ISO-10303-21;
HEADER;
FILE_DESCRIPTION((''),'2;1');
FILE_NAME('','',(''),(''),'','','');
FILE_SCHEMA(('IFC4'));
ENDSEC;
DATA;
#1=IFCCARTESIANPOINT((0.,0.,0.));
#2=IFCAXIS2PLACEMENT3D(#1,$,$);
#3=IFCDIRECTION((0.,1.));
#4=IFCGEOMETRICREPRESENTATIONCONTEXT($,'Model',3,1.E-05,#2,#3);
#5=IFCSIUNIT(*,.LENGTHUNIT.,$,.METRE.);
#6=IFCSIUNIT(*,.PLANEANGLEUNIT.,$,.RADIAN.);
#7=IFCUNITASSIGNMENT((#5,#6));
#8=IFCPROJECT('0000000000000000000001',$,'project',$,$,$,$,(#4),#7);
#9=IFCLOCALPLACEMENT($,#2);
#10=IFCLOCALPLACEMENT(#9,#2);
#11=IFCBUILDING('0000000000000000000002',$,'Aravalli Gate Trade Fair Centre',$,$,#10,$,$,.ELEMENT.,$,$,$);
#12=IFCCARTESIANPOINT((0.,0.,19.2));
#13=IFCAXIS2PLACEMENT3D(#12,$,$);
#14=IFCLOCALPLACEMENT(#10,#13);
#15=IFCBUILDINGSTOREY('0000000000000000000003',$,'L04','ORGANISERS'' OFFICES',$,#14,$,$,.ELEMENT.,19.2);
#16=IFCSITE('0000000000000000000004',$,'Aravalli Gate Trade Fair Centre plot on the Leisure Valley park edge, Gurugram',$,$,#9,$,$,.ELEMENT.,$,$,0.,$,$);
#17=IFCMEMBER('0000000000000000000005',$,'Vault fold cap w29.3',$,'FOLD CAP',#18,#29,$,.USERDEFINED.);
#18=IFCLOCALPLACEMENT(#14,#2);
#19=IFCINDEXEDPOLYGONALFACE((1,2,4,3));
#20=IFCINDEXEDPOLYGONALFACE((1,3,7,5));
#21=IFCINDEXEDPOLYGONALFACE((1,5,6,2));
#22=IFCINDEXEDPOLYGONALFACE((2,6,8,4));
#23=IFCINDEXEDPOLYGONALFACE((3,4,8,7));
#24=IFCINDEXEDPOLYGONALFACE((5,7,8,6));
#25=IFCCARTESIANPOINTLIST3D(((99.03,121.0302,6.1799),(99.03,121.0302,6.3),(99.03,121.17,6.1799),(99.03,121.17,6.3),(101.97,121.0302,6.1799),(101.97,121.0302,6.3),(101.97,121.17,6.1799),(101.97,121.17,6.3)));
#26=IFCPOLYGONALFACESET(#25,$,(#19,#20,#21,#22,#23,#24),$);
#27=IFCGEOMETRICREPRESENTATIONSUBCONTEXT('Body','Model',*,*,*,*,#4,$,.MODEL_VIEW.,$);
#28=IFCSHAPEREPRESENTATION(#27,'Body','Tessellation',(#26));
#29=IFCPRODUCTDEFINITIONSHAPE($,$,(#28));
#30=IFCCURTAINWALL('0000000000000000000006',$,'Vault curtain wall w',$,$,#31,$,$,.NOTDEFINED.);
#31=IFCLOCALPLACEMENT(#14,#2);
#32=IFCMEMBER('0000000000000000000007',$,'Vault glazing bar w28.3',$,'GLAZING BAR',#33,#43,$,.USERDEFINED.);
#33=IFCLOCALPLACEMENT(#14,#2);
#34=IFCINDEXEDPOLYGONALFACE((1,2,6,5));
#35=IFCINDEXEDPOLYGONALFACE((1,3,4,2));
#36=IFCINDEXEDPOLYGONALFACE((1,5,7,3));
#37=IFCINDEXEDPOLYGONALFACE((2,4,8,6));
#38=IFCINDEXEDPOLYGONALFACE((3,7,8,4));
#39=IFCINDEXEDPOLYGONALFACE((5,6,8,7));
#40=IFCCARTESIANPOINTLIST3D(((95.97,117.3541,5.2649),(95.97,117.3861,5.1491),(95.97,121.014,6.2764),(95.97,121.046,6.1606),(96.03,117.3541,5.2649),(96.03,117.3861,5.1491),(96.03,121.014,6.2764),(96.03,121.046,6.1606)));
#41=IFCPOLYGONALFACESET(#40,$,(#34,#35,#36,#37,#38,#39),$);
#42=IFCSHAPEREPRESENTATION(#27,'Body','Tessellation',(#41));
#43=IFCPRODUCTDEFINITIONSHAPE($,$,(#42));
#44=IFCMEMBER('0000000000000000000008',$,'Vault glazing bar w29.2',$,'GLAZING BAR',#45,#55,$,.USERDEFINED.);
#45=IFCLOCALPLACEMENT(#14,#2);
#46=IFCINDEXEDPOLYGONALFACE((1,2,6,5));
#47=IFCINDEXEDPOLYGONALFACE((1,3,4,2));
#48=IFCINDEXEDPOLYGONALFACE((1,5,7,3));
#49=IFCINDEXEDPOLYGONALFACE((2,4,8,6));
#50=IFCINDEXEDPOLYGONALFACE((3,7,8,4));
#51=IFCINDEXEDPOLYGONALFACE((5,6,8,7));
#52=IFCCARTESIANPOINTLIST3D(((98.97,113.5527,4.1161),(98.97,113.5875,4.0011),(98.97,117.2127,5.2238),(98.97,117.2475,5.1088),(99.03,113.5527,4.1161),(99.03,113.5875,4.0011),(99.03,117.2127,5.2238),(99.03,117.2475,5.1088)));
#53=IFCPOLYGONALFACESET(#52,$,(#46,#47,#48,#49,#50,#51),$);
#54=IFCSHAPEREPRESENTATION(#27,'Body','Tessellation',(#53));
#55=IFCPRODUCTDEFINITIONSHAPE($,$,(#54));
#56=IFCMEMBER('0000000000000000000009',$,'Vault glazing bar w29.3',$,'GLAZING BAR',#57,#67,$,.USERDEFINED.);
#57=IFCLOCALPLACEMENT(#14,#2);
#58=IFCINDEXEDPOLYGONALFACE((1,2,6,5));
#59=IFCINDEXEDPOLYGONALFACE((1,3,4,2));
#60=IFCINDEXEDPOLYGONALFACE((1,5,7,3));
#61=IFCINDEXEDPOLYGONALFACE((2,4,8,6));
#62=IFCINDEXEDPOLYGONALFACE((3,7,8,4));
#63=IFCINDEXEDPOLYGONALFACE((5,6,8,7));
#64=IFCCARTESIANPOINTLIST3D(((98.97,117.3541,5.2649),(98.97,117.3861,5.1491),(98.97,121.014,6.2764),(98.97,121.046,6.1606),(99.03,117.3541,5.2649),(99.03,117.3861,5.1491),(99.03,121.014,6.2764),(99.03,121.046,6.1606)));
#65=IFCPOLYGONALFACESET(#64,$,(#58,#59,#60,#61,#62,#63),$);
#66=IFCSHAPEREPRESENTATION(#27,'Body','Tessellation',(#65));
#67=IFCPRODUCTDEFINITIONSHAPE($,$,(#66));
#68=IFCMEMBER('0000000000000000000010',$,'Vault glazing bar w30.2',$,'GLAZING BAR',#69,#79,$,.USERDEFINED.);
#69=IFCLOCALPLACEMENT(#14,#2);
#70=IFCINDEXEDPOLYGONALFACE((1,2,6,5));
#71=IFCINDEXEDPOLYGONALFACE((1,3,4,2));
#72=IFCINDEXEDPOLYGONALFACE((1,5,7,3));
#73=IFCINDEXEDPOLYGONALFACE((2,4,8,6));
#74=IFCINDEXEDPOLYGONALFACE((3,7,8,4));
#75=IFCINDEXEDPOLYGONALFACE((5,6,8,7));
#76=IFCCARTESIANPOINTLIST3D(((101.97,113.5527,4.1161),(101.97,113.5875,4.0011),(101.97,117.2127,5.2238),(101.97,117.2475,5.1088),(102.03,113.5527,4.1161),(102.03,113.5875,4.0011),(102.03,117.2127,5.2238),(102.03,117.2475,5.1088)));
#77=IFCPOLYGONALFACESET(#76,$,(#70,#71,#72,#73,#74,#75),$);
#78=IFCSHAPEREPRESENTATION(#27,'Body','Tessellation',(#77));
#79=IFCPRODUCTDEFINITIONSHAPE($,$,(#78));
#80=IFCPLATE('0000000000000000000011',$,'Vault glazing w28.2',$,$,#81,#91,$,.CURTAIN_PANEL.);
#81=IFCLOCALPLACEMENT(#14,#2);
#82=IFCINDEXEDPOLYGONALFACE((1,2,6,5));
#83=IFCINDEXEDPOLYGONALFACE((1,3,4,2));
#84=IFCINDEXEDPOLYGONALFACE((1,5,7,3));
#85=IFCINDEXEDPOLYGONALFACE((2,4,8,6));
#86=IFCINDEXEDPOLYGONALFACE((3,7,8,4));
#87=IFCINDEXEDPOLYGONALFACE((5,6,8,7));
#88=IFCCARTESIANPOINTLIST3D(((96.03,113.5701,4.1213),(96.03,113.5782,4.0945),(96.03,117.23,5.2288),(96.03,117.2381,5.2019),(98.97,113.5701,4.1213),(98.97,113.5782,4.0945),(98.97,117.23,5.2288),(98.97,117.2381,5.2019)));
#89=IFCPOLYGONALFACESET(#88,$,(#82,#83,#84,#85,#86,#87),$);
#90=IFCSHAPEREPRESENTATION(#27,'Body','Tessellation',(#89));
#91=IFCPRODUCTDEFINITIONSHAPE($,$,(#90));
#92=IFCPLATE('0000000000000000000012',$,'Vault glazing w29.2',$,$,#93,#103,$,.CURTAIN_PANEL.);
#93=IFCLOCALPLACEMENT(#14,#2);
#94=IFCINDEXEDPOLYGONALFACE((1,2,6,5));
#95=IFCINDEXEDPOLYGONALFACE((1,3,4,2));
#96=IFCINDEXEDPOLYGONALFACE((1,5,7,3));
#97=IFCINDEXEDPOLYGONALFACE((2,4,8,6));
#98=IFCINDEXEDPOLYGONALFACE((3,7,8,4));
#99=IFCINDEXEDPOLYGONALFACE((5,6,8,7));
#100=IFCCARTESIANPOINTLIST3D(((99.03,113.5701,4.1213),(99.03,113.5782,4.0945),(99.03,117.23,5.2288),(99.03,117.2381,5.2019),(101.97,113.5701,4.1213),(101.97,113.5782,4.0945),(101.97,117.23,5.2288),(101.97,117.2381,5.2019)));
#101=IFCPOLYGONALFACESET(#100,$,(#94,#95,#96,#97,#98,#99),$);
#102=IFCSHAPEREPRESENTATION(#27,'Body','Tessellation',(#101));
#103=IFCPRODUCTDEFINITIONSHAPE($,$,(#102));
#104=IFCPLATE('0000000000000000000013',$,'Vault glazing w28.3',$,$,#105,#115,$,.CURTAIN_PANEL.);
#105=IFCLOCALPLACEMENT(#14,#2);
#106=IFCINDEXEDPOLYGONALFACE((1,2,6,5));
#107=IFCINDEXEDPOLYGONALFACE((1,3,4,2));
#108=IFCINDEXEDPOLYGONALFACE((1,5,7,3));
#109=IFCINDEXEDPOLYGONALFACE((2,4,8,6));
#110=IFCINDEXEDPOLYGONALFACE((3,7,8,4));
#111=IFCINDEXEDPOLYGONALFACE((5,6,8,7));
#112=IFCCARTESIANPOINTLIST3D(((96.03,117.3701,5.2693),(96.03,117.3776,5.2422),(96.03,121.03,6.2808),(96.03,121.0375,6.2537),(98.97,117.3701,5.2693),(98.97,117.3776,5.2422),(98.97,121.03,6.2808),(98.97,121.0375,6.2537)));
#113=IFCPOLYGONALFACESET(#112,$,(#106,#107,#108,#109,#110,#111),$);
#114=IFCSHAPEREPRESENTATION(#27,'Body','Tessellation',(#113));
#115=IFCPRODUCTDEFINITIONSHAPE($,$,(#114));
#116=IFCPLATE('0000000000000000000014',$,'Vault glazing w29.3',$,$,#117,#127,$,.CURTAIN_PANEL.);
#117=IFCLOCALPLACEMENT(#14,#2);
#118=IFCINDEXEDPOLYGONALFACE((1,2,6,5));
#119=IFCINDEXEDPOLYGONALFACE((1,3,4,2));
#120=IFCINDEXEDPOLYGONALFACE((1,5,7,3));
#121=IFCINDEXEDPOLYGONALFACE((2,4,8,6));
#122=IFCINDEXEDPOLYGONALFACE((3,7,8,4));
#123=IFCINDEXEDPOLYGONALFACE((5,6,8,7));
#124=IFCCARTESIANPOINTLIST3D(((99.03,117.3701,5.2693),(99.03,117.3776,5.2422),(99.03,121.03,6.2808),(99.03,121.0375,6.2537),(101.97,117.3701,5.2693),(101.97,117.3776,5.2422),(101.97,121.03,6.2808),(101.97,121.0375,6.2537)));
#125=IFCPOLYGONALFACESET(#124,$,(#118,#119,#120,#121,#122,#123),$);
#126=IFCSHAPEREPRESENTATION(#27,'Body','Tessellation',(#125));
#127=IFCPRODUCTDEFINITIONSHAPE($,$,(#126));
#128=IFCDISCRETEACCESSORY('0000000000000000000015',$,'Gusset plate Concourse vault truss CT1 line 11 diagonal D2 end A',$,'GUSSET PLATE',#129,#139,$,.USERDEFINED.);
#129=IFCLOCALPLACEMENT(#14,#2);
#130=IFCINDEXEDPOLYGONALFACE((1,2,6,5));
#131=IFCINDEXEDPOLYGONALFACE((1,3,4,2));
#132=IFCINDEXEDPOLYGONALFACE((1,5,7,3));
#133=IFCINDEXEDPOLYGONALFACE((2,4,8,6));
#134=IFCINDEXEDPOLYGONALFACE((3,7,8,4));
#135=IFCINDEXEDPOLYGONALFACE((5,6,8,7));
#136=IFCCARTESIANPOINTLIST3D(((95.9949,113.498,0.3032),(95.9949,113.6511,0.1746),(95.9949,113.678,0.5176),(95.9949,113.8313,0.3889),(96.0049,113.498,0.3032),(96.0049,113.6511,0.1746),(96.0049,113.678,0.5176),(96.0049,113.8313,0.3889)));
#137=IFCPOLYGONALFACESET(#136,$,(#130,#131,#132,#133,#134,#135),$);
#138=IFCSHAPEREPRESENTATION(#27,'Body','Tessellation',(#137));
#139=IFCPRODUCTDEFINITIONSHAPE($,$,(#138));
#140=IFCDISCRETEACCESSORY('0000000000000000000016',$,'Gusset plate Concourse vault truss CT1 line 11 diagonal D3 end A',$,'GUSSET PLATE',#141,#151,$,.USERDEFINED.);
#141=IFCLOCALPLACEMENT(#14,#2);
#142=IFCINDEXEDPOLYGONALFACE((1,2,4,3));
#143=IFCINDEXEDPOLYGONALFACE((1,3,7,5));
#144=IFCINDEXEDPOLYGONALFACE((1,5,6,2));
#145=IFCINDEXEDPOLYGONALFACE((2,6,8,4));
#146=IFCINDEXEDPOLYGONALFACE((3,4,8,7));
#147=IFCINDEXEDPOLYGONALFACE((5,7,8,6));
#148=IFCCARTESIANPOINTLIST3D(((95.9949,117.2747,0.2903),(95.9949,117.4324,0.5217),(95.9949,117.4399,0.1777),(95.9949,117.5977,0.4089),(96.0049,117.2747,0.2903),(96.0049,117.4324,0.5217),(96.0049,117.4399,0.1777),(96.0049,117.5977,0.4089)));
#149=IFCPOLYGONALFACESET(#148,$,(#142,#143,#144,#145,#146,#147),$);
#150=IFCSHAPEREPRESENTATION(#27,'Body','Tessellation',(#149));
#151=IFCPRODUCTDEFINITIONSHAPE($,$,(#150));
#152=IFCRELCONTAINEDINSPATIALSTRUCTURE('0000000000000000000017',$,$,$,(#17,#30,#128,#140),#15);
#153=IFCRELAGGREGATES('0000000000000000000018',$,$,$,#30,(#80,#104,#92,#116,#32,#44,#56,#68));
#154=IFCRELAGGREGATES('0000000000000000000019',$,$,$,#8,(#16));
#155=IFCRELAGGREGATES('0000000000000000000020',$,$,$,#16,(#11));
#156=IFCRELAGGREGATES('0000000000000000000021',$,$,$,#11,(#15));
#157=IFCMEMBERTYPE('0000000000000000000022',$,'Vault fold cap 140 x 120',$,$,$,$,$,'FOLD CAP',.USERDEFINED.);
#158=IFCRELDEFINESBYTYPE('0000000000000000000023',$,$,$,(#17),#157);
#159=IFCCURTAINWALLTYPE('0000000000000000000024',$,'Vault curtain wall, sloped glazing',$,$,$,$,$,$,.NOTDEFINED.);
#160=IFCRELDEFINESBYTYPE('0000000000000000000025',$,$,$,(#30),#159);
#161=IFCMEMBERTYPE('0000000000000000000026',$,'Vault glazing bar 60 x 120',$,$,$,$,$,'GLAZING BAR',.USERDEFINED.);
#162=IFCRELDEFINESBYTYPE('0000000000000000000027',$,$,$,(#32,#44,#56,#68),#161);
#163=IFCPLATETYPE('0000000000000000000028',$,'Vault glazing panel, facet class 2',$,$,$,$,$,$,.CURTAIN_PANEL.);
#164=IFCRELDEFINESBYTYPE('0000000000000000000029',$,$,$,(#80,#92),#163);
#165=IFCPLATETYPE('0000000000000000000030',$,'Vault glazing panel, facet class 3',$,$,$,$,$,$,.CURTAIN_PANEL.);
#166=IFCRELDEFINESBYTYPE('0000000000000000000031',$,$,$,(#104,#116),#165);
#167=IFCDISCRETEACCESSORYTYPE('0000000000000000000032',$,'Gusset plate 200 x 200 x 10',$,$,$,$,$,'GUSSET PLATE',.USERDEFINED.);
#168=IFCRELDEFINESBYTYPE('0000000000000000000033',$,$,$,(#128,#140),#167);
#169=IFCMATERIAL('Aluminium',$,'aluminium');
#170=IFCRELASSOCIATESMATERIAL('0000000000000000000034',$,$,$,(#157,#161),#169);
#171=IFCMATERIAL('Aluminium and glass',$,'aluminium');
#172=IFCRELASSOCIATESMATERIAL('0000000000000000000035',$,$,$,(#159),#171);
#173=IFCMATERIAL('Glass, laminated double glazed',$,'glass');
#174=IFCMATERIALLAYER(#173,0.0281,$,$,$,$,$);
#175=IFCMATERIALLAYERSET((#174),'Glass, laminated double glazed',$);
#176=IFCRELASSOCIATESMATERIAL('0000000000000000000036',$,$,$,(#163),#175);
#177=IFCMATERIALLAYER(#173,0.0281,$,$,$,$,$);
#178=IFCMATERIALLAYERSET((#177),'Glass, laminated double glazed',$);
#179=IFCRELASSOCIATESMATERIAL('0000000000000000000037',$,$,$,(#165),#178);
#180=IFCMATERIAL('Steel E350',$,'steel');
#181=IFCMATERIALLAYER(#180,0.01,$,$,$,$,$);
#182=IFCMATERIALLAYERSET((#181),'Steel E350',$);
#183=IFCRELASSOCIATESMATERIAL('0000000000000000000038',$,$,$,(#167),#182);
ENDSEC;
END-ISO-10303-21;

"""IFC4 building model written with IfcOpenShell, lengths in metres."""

from ifc_helpers import new_model, si_unit, direction, frame, origin, origin_2d, place, context, subcontext, project, spatial, polyline, rectangle, outline, extrude, material, layer, layer_set, material_profile, profile_set, type_object, element, aggregate, save


model = new_model("IFC4")

# Units and contexts
model_context = context("Model", 3, precision=1e-05, world=origin(), true_north=direction((0.0, 1.0)))
body_context = subcontext(model_context, "Body", "Model", "MODEL_VIEW")
ifc_project = project(units=[si_unit("LENGTHUNIT", "METRE"), si_unit("PLANEANGLEUNIT", "RADIAN")], contexts=[model_context])

# Site, building, storey
site_placement = place(None, origin())
site = spatial("IfcSite", under=ifc_project, at=site_placement, Name="Aravalli Gate Trade Fair Centre plot on the Leisure Valley park edge, Gurugram", CompositionType="ELEMENT", RefElevation=0.0)
building_placement = place(site_placement, origin())
building = spatial("IfcBuilding", under=site, at=building_placement, Name="Aravalli Gate Trade Fair Centre", CompositionType="ELEMENT")
storey_placement = place(building_placement, frame((0.0, 0.0, 19.2)))
storey = spatial("IfcBuildingStorey", under=building, at=storey_placement, Name="L04", Description="ORGANISERS' OFFICES", CompositionType="ELEMENT", Elevation=19.2)

# Member
ifc_material_1 = material(Name="Steel E350", Category="steel")
ifc_material_2 = material(Name="Aluminium", Category="aluminium")
ifc_material_profile_1 = material_profile(ifc_material_2, rectangle(XDim=0.1399, YDim=0.1201, at=origin_2d()), Name="Vault fold cap 140 x 120")
ifc_profile_set_1 = profile_set([ifc_material_profile_1], Name="Aluminium")
member_type_1 = type_object("IfcMemberType", Name="Vault fold cap 140 x 120", ElementType="FOLD CAP", PredefinedType="USERDEFINED", material=ifc_profile_set_1)
for number, where, z_axis, x_axis, name in (
    (1, (99.03, 121.1001, 6.24), (1.0, 0.0, 0.0), (0.0, 1.0, 0.0), "Vault fold cap w29.3"),
):
    element("IfcMember", number, at=place(storey_placement, frame(where, z_axis=z_axis, x_axis=x_axis)), inside=storey, type_object=member_type_1, Name=name, ObjectType="FOLD CAP", PredefinedType="USERDEFINED", context=body_context, shape_type="SweptSolid", body=[
        extrude(rectangle(XDim=0.1399, YDim=0.1201, at=origin_2d()), origin(), (0.0, 0.0, 1.0), 2.9399),
    ])

# Curtain wall, members, plates
ifc_material_3 = material(Name="Aluminium and glass", Category="aluminium")
curtain_wall_type = type_object("IfcCurtainWallType", Name="Vault curtain wall, sloped glazing", PredefinedType="NOTDEFINED", material=ifc_material_3)
curtain_wall_placement = place(storey_placement, origin())
curtain_wall = element("IfcCurtainWall", 2, at=curtain_wall_placement, inside=storey, type_object=curtain_wall_type, Name="Vault curtain wall w", PredefinedType="NOTDEFINED")
ifc_material_profile_2 = material_profile(ifc_material_2, rectangle(XDim=0.0601, YDim=0.1201, at=origin_2d()), Name="Vault glazing bar 60 x 120")
ifc_profile_set_2 = profile_set([ifc_material_profile_2], Name="Aluminium")
member_type_2 = type_object("IfcMemberType", Name="Vault glazing bar 60 x 120", ElementType="GLAZING BAR", PredefinedType="USERDEFINED", material=ifc_profile_set_2)
member_1_placement = place(storey_placement, frame((96.0, 117.3701, 5.207), z_axis=(0.0, 0.963868, 0.26638), x_axis=(-1.0, 0.0, 0.0)))
member_1 = element("IfcMember", 3, at=member_1_placement, type_object=member_type_2, Name="Vault glazing bar w28.3", ObjectType="GLAZING BAR", PredefinedType="USERDEFINED", context=body_context, shape_type="SweptSolid", body=[
    extrude(rectangle(XDim=0.0601, YDim=0.1201, at=origin_2d()), origin(), (0.0, 0.0, 1.0), 3.7971),
])
member_2_placement = place(storey_placement, frame((99.0, 113.5701, 4.0586), z_axis=(0.0, 0.957126, 0.289672), x_axis=(-1.0, 0.0, 0.0)))
member_2 = element("IfcMember", 4, at=member_2_placement, type_object=member_type_2, Name="Vault glazing bar w29.2", ObjectType="GLAZING BAR", PredefinedType="USERDEFINED", context=body_context, shape_type="SweptSolid", body=[
    extrude(rectangle(XDim=0.0601, YDim=0.1201, at=origin_2d()), origin(), (0.0, 0.0, 1.0), 3.824),
])
member_3_placement = place(storey_placement, frame((99.0, 117.3701, 5.207), z_axis=(0.0, 0.963868, 0.26638), x_axis=(-1.0, 0.0, 0.0)))
member_3 = element("IfcMember", 5, at=member_3_placement, type_object=member_type_2, Name="Vault glazing bar w29.3", ObjectType="GLAZING BAR", PredefinedType="USERDEFINED", context=body_context, shape_type="SweptSolid", body=[
    extrude(rectangle(XDim=0.0601, YDim=0.1201, at=origin_2d()), origin(), (0.0, 0.0, 1.0), 3.7971),
])
member_4_placement = place(storey_placement, frame((102.0, 113.5701, 4.0586), z_axis=(0.0, 0.957126, 0.289672), x_axis=(-1.0, 0.0, 0.0)))
member_4 = element("IfcMember", 6, at=member_4_placement, type_object=member_type_2, Name="Vault glazing bar w30.2", ObjectType="GLAZING BAR", PredefinedType="USERDEFINED", context=body_context, shape_type="SweptSolid", body=[
    extrude(rectangle(XDim=0.0601, YDim=0.1201, at=origin_2d()), origin(), (0.0, 0.0, 1.0), 3.824),
])
ifc_material_4 = material(Name="Glass, laminated double glazed", Category="glass")
ifc_layer_1 = layer(ifc_material_4, 0.0281)
ifc_layer_set_1 = layer_set([ifc_layer_1], Name="Glass, laminated double glazed")
plate_type_1 = type_object("IfcPlateType", Name="Vault glazing panel, facet class 2", PredefinedType="CURTAIN_PANEL", material=ifc_layer_set_1)
plate_1_placement = place(storey_placement, frame((96.03, 113.5701, 4.1213), z_axis=(0.0, -0.289614, 0.957144), x_axis=(1.0, 0.0, 0.0)))
plate_1 = element("IfcPlate", 7, at=plate_1_placement, type_object=plate_type_1, Name="Vault glazing w28.2", PredefinedType="CURTAIN_PANEL", context=body_context, shape_type="SweptSolid", body=[
    extrude(outline(polyline([(0.0, 0.0), (2.9399, 0.0), (2.9399, 3.8238), (0.0, 3.8238), (0.0, 0.0)])), origin(), (0.0, 0.0, -1.0), 0.0281),
])
plate_2_placement = place(storey_placement, frame((99.03, 113.5701, 4.1213), z_axis=(0.0, -0.289614, 0.957144), x_axis=(1.0, 0.0, 0.0)))
plate_2 = element("IfcPlate", 8, at=plate_2_placement, type_object=plate_type_1, Name="Vault glazing w29.2", PredefinedType="CURTAIN_PANEL", context=body_context, shape_type="SweptSolid", body=[
    extrude(outline(polyline([(0.0, 0.0), (2.9399, 0.0), (2.9399, 3.8238), (0.0, 3.8238), (0.0, 0.0)])), origin(), (0.0, 0.0, -1.0), 0.0281),
])
ifc_layer_2 = layer(ifc_material_4, 0.0281)
ifc_layer_set_2 = layer_set([ifc_layer_2], Name="Glass, laminated double glazed")
plate_type_2 = type_object("IfcPlateType", Name="Vault glazing panel, facet class 3", PredefinedType="CURTAIN_PANEL", material=ifc_layer_set_2)
plate_3_placement = place(storey_placement, frame((96.03, 117.3701, 5.2693), z_axis=(0.0, -0.26638, 0.963868), x_axis=(1.0, 0.0, 0.0)))
plate_3 = element("IfcPlate", 9, at=plate_3_placement, type_object=plate_type_2, Name="Vault glazing w28.3", PredefinedType="CURTAIN_PANEL", context=body_context, shape_type="SweptSolid", body=[
    extrude(outline(polyline([(0.0, 0.0), (2.9399, 0.0), (2.9399, 3.7971), (0.0, 3.7971), (0.0, 0.0)])), origin(), (0.0, 0.0, -1.0), 0.0281),
])
plate_4_placement = place(storey_placement, frame((99.03, 117.3701, 5.2693), z_axis=(0.0, -0.26638, 0.963868), x_axis=(1.0, 0.0, 0.0)))
plate_4 = element("IfcPlate", 10, at=plate_4_placement, type_object=plate_type_2, Name="Vault glazing w29.3", PredefinedType="CURTAIN_PANEL", context=body_context, shape_type="SweptSolid", body=[
    extrude(outline(polyline([(0.0, 0.0), (2.9399, 0.0), (2.9399, 3.7971), (0.0, 3.7971), (0.0, 0.0)])), origin(), (0.0, 0.0, -1.0), 0.0281),
])
aggregate(curtain_wall, [plate_1, plate_3, plate_2, plate_4, member_1, member_2, member_3, member_4])

# Discrete accessories
ifc_layer_3 = layer(ifc_material_1, 0.01)
ifc_layer_set_3 = layer_set([ifc_layer_3], Name="Steel E350")
discrete_accessory_type = type_object("IfcDiscreteAccessoryType", Name="Gusset plate 200 x 200 x 10", ElementType="GUSSET PLATE", PredefinedType="USERDEFINED", material=ifc_layer_set_3)
discrete_accessory_1_placement = place(storey_placement, frame((96.0049, 113.678, 0.5176), z_axis=(1.0, 0.0, 0.0), x_axis=(0.0, -0.642926, -0.765928)))
element("IfcDiscreteAccessory", 11, at=discrete_accessory_1_placement, inside=storey, type_object=discrete_accessory_type, Name="Gusset plate Concourse vault truss CT1 line 11 diagonal D2 end A", ObjectType="GUSSET PLATE", PredefinedType="USERDEFINED", context=body_context, shape_type="SweptSolid", body=[
    extrude(outline(polyline([(0.0, 0.0), (0.2799, 0.0), (0.28, 0.2), (0.0, 0.2002), (0.0, 0.0)])), origin(), (0.0, 0.0, -1.0), 0.01),
])
discrete_accessory_2_placement = place(storey_placement, frame((96.0049, 117.4324, 0.5217), z_axis=(1.0, 0.0, 0.0), x_axis=(0.0, -0.56312, -0.826375)))
element("IfcDiscreteAccessory", 12, at=discrete_accessory_2_placement, inside=storey, type_object=discrete_accessory_type, Name="Gusset plate Concourse vault truss CT1 line 11 diagonal D3 end A", ObjectType="GUSSET PLATE", PredefinedType="USERDEFINED", context=body_context, shape_type="SweptSolid", body=[
    extrude(outline(polyline([(0.0, 0.0), (0.2801, 0.0), (0.28, 0.2), (0.0001, 0.2001), (0.0, 0.0)])), origin(), (0.0, 0.0, -1.0), 0.01),
])

save(model, "model.ifc")
